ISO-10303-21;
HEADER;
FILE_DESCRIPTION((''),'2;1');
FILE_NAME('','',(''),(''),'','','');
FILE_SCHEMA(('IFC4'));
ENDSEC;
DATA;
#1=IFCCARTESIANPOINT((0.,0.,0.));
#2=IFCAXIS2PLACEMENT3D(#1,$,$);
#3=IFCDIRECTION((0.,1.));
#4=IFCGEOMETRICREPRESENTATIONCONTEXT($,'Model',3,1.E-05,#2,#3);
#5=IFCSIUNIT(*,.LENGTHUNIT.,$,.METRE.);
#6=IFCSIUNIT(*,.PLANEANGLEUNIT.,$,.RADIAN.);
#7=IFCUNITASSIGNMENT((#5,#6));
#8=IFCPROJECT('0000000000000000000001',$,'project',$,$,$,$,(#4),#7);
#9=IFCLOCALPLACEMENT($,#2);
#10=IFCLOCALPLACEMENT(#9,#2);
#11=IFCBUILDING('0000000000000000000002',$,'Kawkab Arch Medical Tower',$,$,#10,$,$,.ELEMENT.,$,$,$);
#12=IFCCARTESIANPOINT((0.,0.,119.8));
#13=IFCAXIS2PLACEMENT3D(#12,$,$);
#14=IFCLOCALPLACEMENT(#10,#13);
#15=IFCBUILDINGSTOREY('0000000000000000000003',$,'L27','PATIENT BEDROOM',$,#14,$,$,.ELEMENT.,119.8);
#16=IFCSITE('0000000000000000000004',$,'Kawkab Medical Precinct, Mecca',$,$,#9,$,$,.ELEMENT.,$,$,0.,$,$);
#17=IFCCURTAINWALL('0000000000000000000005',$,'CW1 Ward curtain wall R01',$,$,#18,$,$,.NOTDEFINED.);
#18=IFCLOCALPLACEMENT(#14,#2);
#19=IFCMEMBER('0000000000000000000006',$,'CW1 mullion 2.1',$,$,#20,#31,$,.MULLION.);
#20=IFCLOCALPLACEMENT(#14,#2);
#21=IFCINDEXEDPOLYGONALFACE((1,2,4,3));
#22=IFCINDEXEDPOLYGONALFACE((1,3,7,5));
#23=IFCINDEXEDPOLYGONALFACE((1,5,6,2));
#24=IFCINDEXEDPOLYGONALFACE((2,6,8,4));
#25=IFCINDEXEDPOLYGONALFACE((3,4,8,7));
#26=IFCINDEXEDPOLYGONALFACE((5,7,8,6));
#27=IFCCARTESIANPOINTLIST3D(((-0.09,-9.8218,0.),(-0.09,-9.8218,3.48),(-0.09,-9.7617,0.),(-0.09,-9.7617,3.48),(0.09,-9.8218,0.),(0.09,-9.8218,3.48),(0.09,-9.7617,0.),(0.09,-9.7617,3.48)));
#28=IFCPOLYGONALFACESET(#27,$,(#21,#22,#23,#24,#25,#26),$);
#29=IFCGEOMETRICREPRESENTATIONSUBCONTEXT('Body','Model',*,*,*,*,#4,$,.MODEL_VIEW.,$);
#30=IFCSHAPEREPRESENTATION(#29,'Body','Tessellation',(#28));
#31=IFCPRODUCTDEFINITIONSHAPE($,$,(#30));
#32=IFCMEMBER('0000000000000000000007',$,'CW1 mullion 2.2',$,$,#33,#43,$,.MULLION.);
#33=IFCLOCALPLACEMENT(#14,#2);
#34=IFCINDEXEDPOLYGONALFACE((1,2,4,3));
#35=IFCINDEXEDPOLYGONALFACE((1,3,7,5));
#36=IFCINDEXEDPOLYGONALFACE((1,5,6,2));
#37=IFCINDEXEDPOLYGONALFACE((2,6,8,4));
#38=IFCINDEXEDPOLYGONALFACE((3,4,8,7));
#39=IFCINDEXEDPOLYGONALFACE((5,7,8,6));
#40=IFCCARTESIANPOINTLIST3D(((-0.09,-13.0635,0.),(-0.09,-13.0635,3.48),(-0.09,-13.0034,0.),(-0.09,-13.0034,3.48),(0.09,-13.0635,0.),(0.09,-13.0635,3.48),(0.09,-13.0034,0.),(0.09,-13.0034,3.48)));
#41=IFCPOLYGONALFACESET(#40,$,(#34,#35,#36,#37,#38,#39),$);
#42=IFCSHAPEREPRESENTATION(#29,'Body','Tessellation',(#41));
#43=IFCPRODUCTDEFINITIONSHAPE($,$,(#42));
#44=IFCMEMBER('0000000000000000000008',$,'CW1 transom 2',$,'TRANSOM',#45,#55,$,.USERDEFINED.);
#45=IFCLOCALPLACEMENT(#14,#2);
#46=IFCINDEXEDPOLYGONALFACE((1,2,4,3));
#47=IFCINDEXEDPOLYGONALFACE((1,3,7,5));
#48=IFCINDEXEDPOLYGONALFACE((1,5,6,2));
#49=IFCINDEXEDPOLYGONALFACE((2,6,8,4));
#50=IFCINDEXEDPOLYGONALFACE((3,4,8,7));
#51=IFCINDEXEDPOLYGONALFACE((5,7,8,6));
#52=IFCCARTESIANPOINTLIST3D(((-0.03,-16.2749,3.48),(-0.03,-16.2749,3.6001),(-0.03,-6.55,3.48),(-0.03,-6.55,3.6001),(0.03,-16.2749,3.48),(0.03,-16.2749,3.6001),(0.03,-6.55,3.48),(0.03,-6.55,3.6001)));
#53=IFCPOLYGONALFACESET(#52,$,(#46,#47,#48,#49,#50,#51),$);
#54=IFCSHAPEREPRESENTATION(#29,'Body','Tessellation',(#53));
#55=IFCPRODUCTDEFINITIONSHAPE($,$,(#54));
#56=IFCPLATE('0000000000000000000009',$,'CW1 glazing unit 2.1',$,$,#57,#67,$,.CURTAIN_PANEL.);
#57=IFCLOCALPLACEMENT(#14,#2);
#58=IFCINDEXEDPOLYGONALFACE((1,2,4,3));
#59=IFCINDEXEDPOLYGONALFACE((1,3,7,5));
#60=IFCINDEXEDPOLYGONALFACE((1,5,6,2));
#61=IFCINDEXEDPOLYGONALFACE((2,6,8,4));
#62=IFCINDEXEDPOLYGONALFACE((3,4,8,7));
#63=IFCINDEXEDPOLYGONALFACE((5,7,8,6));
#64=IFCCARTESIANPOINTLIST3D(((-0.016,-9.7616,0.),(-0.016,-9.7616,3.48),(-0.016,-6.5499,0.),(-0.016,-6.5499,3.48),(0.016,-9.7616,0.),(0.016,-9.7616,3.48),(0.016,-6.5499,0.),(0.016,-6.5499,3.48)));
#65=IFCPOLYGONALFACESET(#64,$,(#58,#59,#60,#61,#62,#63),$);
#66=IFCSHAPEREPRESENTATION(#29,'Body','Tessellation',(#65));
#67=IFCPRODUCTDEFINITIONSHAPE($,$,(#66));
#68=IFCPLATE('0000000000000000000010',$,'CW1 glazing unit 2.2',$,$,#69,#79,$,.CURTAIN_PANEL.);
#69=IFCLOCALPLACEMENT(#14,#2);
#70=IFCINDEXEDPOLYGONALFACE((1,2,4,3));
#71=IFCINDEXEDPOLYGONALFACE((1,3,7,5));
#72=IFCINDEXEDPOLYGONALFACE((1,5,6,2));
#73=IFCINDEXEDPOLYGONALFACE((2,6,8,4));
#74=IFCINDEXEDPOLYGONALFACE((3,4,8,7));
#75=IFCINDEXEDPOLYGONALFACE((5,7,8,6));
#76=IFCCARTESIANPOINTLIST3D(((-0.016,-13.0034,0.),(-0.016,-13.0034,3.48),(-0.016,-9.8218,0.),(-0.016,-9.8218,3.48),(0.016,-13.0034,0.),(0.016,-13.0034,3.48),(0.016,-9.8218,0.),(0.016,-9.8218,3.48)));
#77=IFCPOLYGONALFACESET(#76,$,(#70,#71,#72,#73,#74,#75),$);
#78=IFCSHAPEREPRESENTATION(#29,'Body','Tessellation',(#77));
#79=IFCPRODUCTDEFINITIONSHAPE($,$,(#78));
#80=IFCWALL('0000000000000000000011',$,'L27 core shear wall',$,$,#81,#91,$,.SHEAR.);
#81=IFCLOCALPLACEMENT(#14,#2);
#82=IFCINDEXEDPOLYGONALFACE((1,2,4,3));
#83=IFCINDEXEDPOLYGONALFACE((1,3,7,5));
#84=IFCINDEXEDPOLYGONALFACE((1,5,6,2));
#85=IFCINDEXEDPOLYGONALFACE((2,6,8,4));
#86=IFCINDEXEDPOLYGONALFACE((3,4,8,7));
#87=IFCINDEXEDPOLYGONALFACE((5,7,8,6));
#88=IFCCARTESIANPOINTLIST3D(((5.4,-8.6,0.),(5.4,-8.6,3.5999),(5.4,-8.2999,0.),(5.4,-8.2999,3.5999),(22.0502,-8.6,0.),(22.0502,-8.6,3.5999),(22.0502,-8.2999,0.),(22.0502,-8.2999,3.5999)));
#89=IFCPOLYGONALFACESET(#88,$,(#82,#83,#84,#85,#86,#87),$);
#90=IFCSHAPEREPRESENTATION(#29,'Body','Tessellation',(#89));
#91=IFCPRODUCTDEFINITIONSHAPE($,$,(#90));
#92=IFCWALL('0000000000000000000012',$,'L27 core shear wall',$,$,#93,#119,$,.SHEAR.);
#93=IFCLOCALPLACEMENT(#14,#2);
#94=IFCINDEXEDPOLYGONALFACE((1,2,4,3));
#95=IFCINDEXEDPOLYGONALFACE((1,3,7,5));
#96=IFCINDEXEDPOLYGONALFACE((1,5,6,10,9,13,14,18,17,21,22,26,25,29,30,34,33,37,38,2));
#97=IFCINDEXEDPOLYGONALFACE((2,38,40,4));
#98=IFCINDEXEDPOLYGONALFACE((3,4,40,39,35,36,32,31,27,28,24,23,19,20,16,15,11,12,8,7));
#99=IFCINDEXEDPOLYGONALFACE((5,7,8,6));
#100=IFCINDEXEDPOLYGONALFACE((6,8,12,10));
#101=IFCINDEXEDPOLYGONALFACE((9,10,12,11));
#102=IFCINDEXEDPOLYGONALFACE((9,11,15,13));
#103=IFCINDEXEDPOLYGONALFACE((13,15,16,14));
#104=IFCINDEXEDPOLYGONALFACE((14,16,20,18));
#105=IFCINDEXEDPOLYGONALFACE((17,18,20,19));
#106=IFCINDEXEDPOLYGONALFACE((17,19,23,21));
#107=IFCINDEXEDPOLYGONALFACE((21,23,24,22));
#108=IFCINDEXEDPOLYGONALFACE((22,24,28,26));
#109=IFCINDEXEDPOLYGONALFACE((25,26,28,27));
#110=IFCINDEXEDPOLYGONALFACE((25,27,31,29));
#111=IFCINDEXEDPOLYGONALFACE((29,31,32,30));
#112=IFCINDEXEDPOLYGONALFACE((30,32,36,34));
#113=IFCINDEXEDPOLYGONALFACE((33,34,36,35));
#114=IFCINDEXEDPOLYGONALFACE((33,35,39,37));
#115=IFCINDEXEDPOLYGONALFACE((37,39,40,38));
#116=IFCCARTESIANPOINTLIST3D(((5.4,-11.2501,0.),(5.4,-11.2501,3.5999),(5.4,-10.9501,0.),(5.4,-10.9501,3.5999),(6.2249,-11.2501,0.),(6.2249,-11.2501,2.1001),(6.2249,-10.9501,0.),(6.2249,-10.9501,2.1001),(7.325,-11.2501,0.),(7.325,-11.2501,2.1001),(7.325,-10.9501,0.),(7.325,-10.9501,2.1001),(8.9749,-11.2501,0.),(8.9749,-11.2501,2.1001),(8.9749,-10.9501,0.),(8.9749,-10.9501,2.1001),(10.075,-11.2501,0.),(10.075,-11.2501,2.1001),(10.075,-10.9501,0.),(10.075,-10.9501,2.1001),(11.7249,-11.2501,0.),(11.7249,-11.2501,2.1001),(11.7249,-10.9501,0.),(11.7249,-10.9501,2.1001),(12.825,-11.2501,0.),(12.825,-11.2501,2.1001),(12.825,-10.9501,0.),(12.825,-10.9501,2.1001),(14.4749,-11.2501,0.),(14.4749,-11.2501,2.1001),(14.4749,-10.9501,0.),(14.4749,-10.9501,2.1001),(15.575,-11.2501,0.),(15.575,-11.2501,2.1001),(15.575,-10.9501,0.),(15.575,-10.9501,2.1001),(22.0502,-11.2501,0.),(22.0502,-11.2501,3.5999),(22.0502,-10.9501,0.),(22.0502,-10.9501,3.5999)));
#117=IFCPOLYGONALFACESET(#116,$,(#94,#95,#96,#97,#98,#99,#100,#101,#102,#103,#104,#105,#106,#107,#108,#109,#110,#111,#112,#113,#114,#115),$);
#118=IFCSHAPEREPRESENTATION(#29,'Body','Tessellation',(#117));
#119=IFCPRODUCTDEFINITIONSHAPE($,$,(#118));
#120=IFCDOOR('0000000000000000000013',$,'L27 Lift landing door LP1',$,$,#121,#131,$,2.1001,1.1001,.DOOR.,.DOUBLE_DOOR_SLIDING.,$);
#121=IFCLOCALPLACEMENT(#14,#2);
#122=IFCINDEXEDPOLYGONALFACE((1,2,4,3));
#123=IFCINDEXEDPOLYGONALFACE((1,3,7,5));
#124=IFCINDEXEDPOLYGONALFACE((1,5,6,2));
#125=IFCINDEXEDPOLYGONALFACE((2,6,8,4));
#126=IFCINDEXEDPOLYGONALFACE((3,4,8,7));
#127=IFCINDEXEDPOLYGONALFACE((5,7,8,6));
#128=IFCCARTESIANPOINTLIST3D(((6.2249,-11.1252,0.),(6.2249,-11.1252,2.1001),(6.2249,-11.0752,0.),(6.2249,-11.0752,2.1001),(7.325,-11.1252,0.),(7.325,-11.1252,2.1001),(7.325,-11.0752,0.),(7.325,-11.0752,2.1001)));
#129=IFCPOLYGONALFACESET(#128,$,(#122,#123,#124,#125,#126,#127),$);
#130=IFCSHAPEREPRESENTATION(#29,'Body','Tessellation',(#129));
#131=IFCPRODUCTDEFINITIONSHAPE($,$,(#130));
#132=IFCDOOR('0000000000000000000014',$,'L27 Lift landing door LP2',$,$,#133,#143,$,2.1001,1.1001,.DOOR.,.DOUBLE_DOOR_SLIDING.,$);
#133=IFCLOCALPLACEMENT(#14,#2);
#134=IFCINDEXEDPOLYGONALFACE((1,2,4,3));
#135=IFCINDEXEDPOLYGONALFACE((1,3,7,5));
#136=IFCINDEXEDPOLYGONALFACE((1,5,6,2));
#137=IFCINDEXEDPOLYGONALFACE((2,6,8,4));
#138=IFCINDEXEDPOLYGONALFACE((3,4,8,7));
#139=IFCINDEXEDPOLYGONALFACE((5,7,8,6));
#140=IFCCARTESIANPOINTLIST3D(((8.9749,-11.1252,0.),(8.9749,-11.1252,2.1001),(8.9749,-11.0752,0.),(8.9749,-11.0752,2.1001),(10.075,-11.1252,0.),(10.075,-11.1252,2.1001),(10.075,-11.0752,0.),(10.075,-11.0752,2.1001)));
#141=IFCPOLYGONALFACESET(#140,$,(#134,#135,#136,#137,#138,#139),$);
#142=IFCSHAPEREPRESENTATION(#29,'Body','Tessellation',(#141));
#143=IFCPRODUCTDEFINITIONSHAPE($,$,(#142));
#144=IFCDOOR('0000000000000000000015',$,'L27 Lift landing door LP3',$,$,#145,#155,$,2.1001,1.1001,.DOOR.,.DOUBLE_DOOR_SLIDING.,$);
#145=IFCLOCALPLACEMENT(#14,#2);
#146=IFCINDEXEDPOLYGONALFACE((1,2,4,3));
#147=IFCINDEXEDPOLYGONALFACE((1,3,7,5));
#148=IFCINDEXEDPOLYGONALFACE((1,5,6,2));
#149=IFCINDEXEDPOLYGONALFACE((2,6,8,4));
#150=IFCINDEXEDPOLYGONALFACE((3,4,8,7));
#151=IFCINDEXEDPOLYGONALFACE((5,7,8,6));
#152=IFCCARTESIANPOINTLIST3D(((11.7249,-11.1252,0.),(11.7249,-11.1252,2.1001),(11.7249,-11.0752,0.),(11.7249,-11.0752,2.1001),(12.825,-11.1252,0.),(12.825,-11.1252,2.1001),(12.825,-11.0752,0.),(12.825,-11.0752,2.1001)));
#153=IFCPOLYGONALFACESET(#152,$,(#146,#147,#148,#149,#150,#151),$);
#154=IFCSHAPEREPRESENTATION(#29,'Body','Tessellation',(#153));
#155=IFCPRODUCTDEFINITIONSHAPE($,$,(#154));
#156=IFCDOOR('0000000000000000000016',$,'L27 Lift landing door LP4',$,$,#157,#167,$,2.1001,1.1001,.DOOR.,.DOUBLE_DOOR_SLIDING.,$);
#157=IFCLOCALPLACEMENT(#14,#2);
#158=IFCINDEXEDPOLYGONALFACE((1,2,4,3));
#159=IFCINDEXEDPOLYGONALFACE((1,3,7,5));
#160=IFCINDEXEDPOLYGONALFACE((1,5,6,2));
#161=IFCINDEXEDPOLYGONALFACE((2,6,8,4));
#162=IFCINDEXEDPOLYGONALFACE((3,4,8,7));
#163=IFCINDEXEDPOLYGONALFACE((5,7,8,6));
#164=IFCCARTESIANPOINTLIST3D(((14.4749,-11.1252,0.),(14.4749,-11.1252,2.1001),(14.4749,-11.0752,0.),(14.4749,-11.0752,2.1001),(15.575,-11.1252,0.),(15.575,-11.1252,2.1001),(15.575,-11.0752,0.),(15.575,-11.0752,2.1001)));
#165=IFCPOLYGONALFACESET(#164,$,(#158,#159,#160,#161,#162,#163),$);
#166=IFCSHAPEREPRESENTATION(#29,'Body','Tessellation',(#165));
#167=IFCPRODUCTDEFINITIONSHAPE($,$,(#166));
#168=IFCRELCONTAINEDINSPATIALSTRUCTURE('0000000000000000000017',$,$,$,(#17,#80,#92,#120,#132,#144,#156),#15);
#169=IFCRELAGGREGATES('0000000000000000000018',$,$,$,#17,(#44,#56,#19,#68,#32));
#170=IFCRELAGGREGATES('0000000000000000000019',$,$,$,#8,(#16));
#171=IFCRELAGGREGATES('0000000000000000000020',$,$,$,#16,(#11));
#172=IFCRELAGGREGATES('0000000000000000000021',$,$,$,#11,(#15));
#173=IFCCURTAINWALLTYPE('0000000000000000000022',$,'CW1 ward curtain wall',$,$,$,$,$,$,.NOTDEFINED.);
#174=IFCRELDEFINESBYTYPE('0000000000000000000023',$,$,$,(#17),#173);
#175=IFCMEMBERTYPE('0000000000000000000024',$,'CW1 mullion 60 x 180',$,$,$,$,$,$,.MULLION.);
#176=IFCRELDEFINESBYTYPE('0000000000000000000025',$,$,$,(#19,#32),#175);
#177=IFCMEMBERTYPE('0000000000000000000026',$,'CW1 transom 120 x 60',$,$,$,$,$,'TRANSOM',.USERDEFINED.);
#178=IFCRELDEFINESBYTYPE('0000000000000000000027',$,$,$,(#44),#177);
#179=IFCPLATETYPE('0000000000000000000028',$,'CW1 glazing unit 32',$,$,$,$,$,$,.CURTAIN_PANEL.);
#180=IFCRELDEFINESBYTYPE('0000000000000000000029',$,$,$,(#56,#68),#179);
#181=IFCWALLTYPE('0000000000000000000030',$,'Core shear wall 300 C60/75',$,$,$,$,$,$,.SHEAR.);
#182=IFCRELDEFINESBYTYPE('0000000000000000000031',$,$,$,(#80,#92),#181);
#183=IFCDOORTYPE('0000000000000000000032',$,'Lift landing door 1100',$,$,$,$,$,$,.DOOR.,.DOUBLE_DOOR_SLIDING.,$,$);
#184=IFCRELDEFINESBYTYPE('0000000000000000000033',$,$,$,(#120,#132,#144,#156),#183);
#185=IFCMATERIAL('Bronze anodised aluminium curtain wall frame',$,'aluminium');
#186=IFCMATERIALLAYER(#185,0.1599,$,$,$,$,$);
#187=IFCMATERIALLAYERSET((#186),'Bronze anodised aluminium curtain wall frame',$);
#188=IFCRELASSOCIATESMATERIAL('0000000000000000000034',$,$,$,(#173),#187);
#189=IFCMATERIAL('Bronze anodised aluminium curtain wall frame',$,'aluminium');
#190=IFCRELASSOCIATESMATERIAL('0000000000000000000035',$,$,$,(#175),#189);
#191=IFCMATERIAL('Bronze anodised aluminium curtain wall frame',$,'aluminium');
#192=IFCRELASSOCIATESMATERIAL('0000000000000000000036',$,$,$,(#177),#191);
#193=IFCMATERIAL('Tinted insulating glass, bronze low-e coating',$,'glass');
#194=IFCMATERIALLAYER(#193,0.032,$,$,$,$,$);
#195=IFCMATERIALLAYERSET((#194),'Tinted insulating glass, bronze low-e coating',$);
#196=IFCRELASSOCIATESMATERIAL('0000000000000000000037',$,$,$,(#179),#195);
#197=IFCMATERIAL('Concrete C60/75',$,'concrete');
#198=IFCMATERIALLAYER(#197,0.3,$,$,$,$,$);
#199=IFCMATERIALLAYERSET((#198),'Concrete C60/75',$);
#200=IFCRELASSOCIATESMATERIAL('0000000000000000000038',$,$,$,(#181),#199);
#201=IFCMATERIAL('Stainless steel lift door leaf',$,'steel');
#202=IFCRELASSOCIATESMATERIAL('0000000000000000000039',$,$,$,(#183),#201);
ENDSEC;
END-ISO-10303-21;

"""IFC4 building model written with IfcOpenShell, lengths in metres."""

from ifc_helpers import new_model, si_unit, direction, frame, frame_2d, origin, origin_2d, place, context, subcontext, project, spatial, rectangle, extrude, material, layer, layer_set, material_profile, profile_set, type_object, element, fill, aggregate, save


model = new_model("IFC4")

# Units and contexts
model_context = context("Model", 3, precision=1e-05, world=origin(), true_north=direction((0.0, 1.0)))
body_context = subcontext(model_context, "Body", "Model", "MODEL_VIEW")
ifc_project = project(units=[si_unit("LENGTHUNIT", "METRE"), si_unit("PLANEANGLEUNIT", "RADIAN")], contexts=[model_context])

# Site, building, storey
site_placement = place(None, origin())
site = spatial("IfcSite", under=ifc_project, at=site_placement, Name="Kawkab Medical Precinct, Mecca", CompositionType="ELEMENT", RefElevation=0.0)
building_placement = place(site_placement, origin())
building = spatial("IfcBuilding", under=site, at=building_placement, Name="Kawkab Arch Medical Tower", CompositionType="ELEMENT")
storey_placement = place(building_placement, frame((0.0, 0.0, 119.8)))
storey = spatial("IfcBuildingStorey", under=building, at=storey_placement, Name="L27", Description="PATIENT BEDROOM", CompositionType="ELEMENT", Elevation=119.8)

# Curtain wall, members, plates
ifc_material_1 = material(Name="Bronze anodised aluminium curtain wall frame", Category="aluminium")
ifc_layer_1 = layer(ifc_material_1, 0.1599)
ifc_layer_set_1 = layer_set([ifc_layer_1], Name="Bronze anodised aluminium curtain wall frame")
curtain_wall_type = type_object("IfcCurtainWallType", Name="CW1 ward curtain wall", PredefinedType="NOTDEFINED", material=ifc_layer_set_1)
placement = place(storey_placement, origin())
curtain_wall = element("IfcCurtainWall", 1, at=placement, inside=storey, type_object=curtain_wall_type, Name="CW1 Ward curtain wall R01", PredefinedType="NOTDEFINED")
ifc_material_2 = material(Name="Bronze anodised aluminium curtain wall frame", Category="aluminium")
ifc_material_profile_1 = material_profile(ifc_material_2, rectangle(XDim=0.1799, YDim=0.0601, at=origin_2d()), Name="AL 60x180")
ifc_profile_set_1 = profile_set([ifc_material_profile_1], Name="Bronze anodised aluminium curtain wall frame")
member_type_1 = type_object("IfcMemberType", Name="CW1 mullion 60 x 180", PredefinedType="MULLION", material=ifc_profile_set_1)
member_1_placement = place(storey_placement, frame((0.0, -9.7917, 0.0), z_axis=(0.0, 0.0, 1.0), x_axis=(1.0, 0.0, 0.0)))
member_1 = element("IfcMember", 2, at=member_1_placement, type_object=member_type_1, Name="CW1 mullion 2.1", PredefinedType="MULLION", context=body_context, shape_type="SweptSolid", body=[
    extrude(rectangle(XDim=0.1799, YDim=0.0601, at=origin_2d()), origin(), (0.0, 0.0, 1.0), 3.48),
])
member_2_placement = place(storey_placement, frame((0.0, -13.0334, 0.0), z_axis=(0.0, 0.0, 1.0), x_axis=(1.0, 0.0, 0.0)))
member_2 = element("IfcMember", 3, at=member_2_placement, type_object=member_type_1, Name="CW1 mullion 2.2", PredefinedType="MULLION", context=body_context, shape_type="SweptSolid", body=[
    extrude(rectangle(XDim=0.1799, YDim=0.0601, at=origin_2d()), origin(), (0.0, 0.0, 1.0), 3.48),
])
ifc_material_3 = material(Name="Bronze anodised aluminium curtain wall frame", Category="aluminium")
ifc_material_profile_2 = material_profile(ifc_material_3, rectangle(XDim=0.0601, YDim=0.1201, at=origin_2d()), Name="AL 60x120")
ifc_profile_set_2 = profile_set([ifc_material_profile_2], Name="Bronze anodised aluminium curtain wall frame")
member_type_2 = type_object("IfcMemberType", Name="CW1 transom 120 x 60", ElementType="TRANSOM", PredefinedType="USERDEFINED", material=ifc_profile_set_2)
member_3_placement = place(storey_placement, frame((0.0, -6.55, 3.54), z_axis=(0.0, -1.0, 0.0), x_axis=(1.0, 0.0, 0.0)))
member_3 = element("IfcMember", 4, at=member_3_placement, type_object=member_type_2, Name="CW1 transom 2", ObjectType="TRANSOM", PredefinedType="USERDEFINED", context=body_context, shape_type="SweptSolid", body=[
    extrude(rectangle(XDim=0.0601, YDim=0.1201, at=origin_2d()), origin(), (0.0, 0.0, 1.0), 9.7249),
])
ifc_material_4 = material(Name="Tinted insulating glass, bronze low-e coating", Category="glass")
ifc_layer_2 = layer(ifc_material_4, 0.032)
ifc_layer_set_2 = layer_set([ifc_layer_2], Name="Tinted insulating glass, bronze low-e coating")
plate_type = type_object("IfcPlateType", Name="CW1 glazing unit 32", PredefinedType="CURTAIN_PANEL", material=ifc_layer_set_2)
plate_1_placement = place(storey_placement, frame((0.0, -8.1558, 0.0), z_axis=(0.0, 0.0, 1.0), x_axis=(0.0, -1.0, 0.0)))
plate_1 = element("IfcPlate", 5, at=plate_1_placement, type_object=plate_type, Name="CW1 glazing unit 2.1", PredefinedType="CURTAIN_PANEL", context=body_context, shape_type="SweptSolid", body=[
    extrude(rectangle(XDim=3.2117, YDim=0.032, at=origin_2d()), origin(), (0.0, 0.0, 1.0), 3.48),
])
plate_2_placement = place(storey_placement, frame((0.0, -11.4126, 0.0), z_axis=(0.0, 0.0, 1.0), x_axis=(0.0, -1.0, 0.0)))
plate_2 = element("IfcPlate", 6, at=plate_2_placement, type_object=plate_type, Name="CW1 glazing unit 2.2", PredefinedType="CURTAIN_PANEL", context=body_context, shape_type="SweptSolid", body=[
    extrude(rectangle(XDim=3.1816, YDim=0.032, at=origin_2d()), origin(), (0.0, 0.0, 1.0), 3.48),
])
aggregate(curtain_wall, [member_3, plate_1, member_1, plate_2, member_2])

# Wall
ifc_material_5 = material(Name="Concrete C60/75", Category="concrete")
ifc_layer_3 = layer(ifc_material_5, 0.3)
ifc_layer_set_3 = layer_set([ifc_layer_3], Name="Concrete C60/75")
wall_type = type_object("IfcWallType", Name="Core shear wall 300 C60/75", PredefinedType="SHEAR", material=ifc_layer_set_3)
wall_1_placement = place(storey_placement, frame((5.3999, -8.45, 0.0), z_axis=(0.0, 0.0, 1.0), x_axis=(1.0, 0.0, 0.0)))
element("IfcWall", 7, at=wall_1_placement, inside=storey, type_object=wall_type, Name="L27 core shear wall", PredefinedType="SHEAR", context=body_context, shape_type="SweptSolid", body=[
    extrude(rectangle(XDim=16.6501, YDim=0.3, at=frame_2d((8.3252, 0.0))), origin(), (0.0, 0.0, 1.0), 3.5999),
])

# Wall, openings, doors
wall_2_placement = place(storey_placement, frame((5.3999, -11.1001, 0.0), z_axis=(0.0, 0.0, 1.0), x_axis=(1.0, 0.0, 0.0)))
wall_2 = element("IfcWall", 8, at=wall_2_placement, inside=storey, type_object=wall_type, Name="L27 core shear wall", PredefinedType="SHEAR", context=body_context, shape_type="SweptSolid", body=[
    extrude(rectangle(XDim=16.6501, YDim=0.3, at=frame_2d((8.3252, 0.0))), origin(), (0.0, 0.0, 1.0), 3.5999),
])
opening_1_placement = place(wall_2_placement, frame((0.825, 0.0, 0.0)))
opening_1 = element("IfcOpeningElement", 9, at=opening_1_placement, cuts=wall_2, PredefinedType="OPENING", context=body_context, shape_type="SweptSolid", body=[
    extrude(rectangle(XDim=1.1001, YDim=2.1001, at=frame_2d((0.55, 1.05))), frame((0.0, 0.1599, 0.0), z_axis=(0.0, -1.0, 0.0), x_axis=(1.0, 0.0, 0.0)), (0.0, 0.0, 1.0), 0.3201),
])
opening_2_placement = place(wall_2_placement, frame((3.575, 0.0, 0.0)))
opening_2 = element("IfcOpeningElement", 10, at=opening_2_placement, cuts=wall_2, PredefinedType="OPENING", context=body_context, shape_type="SweptSolid", body=[
    extrude(rectangle(XDim=1.1001, YDim=2.1001, at=frame_2d((0.55, 1.05))), frame((0.0, 0.1599, 0.0), z_axis=(0.0, -1.0, 0.0), x_axis=(1.0, 0.0, 0.0)), (0.0, 0.0, 1.0), 0.3201),
])
opening_3_placement = place(wall_2_placement, frame((6.325, 0.0, 0.0)))
opening_3 = element("IfcOpeningElement", 11, at=opening_3_placement, cuts=wall_2, PredefinedType="OPENING", context=body_context, shape_type="SweptSolid", body=[
    extrude(rectangle(XDim=1.1001, YDim=2.1001, at=frame_2d((0.55, 1.05))), frame((0.0, 0.1599, 0.0), z_axis=(0.0, -1.0, 0.0), x_axis=(1.0, 0.0, 0.0)), (0.0, 0.0, 1.0), 0.3201),
])
opening_4_placement = place(wall_2_placement, frame((9.075, 0.0, 0.0)))
opening_4 = element("IfcOpeningElement", 12, at=opening_4_placement, cuts=wall_2, PredefinedType="OPENING", context=body_context, shape_type="SweptSolid", body=[
    extrude(rectangle(XDim=1.1001, YDim=2.1001, at=frame_2d((0.55, 1.05))), frame((0.0, 0.1599, 0.0), z_axis=(0.0, -1.0, 0.0), x_axis=(1.0, 0.0, 0.0)), (0.0, 0.0, 1.0), 0.3201),
])
ifc_material_6 = material(Name="Stainless steel lift door leaf", Category="steel")
door_type = type_object("IfcDoorType", Name="Lift landing door 1100", OperationType="DOUBLE_DOOR_SLIDING", PredefinedType="DOOR", material=ifc_material_6)
door_1_placement = place(opening_1_placement, origin())
door_1 = element("IfcDoor", 13, at=door_1_placement, inside=storey, type_object=door_type, Name="L27 Lift landing door LP1", OperationType="DOUBLE_DOOR_SLIDING", OverallHeight=2.1001, OverallWidth=1.1001, PredefinedType="DOOR", context=body_context, shape_type="SweptSolid", body=[
    extrude(rectangle(XDim=1.1001, YDim=2.1001, at=frame_2d((0.55, 1.05))), frame((0.0, 0.0249, 0.0), z_axis=(0.0, -1.0, 0.0), x_axis=(1.0, 0.0, 0.0)), (0.0, 0.0, 1.0), 0.05),
])
fill(opening_1, door_1)
door_2_placement = place(opening_2_placement, origin())
door_2 = element("IfcDoor", 14, at=door_2_placement, inside=storey, type_object=door_type, Name="L27 Lift landing door LP2", OperationType="DOUBLE_DOOR_SLIDING", OverallHeight=2.1001, OverallWidth=1.1001, PredefinedType="DOOR", context=body_context, shape_type="SweptSolid", body=[
    extrude(rectangle(XDim=1.1001, YDim=2.1001, at=frame_2d((0.55, 1.05))), frame((0.0, 0.0249, 0.0), z_axis=(0.0, -1.0, 0.0), x_axis=(1.0, 0.0, 0.0)), (0.0, 0.0, 1.0), 0.05),
])
fill(opening_2, door_2)
door_3_placement = place(opening_3_placement, origin())
door_3 = element("IfcDoor", 15, at=door_3_placement, inside=storey, type_object=door_type, Name="L27 Lift landing door LP3", OperationType="DOUBLE_DOOR_SLIDING", OverallHeight=2.1001, OverallWidth=1.1001, PredefinedType="DOOR", context=body_context, shape_type="SweptSolid", body=[
    extrude(rectangle(XDim=1.1001, YDim=2.1001, at=frame_2d((0.55, 1.05))), frame((0.0, 0.0249, 0.0), z_axis=(0.0, -1.0, 0.0), x_axis=(1.0, 0.0, 0.0)), (0.0, 0.0, 1.0), 0.05),
])
fill(opening_3, door_3)
door_4_placement = place(opening_4_placement, origin())
door_4 = element("IfcDoor", 16, at=door_4_placement, inside=storey, type_object=door_type, Name="L27 Lift landing door LP4", OperationType="DOUBLE_DOOR_SLIDING", OverallHeight=2.1001, OverallWidth=1.1001, PredefinedType="DOOR", context=body_context, shape_type="SweptSolid", body=[
    extrude(rectangle(XDim=1.1001, YDim=2.1001, at=frame_2d((0.55, 1.05))), frame((0.0, 0.0249, 0.0), z_axis=(0.0, -1.0, 0.0), x_axis=(1.0, 0.0, 0.0)), (0.0, 0.0, 1.0), 0.05),
])
fill(opening_4, door_4)

save(model, "model.ifc")
